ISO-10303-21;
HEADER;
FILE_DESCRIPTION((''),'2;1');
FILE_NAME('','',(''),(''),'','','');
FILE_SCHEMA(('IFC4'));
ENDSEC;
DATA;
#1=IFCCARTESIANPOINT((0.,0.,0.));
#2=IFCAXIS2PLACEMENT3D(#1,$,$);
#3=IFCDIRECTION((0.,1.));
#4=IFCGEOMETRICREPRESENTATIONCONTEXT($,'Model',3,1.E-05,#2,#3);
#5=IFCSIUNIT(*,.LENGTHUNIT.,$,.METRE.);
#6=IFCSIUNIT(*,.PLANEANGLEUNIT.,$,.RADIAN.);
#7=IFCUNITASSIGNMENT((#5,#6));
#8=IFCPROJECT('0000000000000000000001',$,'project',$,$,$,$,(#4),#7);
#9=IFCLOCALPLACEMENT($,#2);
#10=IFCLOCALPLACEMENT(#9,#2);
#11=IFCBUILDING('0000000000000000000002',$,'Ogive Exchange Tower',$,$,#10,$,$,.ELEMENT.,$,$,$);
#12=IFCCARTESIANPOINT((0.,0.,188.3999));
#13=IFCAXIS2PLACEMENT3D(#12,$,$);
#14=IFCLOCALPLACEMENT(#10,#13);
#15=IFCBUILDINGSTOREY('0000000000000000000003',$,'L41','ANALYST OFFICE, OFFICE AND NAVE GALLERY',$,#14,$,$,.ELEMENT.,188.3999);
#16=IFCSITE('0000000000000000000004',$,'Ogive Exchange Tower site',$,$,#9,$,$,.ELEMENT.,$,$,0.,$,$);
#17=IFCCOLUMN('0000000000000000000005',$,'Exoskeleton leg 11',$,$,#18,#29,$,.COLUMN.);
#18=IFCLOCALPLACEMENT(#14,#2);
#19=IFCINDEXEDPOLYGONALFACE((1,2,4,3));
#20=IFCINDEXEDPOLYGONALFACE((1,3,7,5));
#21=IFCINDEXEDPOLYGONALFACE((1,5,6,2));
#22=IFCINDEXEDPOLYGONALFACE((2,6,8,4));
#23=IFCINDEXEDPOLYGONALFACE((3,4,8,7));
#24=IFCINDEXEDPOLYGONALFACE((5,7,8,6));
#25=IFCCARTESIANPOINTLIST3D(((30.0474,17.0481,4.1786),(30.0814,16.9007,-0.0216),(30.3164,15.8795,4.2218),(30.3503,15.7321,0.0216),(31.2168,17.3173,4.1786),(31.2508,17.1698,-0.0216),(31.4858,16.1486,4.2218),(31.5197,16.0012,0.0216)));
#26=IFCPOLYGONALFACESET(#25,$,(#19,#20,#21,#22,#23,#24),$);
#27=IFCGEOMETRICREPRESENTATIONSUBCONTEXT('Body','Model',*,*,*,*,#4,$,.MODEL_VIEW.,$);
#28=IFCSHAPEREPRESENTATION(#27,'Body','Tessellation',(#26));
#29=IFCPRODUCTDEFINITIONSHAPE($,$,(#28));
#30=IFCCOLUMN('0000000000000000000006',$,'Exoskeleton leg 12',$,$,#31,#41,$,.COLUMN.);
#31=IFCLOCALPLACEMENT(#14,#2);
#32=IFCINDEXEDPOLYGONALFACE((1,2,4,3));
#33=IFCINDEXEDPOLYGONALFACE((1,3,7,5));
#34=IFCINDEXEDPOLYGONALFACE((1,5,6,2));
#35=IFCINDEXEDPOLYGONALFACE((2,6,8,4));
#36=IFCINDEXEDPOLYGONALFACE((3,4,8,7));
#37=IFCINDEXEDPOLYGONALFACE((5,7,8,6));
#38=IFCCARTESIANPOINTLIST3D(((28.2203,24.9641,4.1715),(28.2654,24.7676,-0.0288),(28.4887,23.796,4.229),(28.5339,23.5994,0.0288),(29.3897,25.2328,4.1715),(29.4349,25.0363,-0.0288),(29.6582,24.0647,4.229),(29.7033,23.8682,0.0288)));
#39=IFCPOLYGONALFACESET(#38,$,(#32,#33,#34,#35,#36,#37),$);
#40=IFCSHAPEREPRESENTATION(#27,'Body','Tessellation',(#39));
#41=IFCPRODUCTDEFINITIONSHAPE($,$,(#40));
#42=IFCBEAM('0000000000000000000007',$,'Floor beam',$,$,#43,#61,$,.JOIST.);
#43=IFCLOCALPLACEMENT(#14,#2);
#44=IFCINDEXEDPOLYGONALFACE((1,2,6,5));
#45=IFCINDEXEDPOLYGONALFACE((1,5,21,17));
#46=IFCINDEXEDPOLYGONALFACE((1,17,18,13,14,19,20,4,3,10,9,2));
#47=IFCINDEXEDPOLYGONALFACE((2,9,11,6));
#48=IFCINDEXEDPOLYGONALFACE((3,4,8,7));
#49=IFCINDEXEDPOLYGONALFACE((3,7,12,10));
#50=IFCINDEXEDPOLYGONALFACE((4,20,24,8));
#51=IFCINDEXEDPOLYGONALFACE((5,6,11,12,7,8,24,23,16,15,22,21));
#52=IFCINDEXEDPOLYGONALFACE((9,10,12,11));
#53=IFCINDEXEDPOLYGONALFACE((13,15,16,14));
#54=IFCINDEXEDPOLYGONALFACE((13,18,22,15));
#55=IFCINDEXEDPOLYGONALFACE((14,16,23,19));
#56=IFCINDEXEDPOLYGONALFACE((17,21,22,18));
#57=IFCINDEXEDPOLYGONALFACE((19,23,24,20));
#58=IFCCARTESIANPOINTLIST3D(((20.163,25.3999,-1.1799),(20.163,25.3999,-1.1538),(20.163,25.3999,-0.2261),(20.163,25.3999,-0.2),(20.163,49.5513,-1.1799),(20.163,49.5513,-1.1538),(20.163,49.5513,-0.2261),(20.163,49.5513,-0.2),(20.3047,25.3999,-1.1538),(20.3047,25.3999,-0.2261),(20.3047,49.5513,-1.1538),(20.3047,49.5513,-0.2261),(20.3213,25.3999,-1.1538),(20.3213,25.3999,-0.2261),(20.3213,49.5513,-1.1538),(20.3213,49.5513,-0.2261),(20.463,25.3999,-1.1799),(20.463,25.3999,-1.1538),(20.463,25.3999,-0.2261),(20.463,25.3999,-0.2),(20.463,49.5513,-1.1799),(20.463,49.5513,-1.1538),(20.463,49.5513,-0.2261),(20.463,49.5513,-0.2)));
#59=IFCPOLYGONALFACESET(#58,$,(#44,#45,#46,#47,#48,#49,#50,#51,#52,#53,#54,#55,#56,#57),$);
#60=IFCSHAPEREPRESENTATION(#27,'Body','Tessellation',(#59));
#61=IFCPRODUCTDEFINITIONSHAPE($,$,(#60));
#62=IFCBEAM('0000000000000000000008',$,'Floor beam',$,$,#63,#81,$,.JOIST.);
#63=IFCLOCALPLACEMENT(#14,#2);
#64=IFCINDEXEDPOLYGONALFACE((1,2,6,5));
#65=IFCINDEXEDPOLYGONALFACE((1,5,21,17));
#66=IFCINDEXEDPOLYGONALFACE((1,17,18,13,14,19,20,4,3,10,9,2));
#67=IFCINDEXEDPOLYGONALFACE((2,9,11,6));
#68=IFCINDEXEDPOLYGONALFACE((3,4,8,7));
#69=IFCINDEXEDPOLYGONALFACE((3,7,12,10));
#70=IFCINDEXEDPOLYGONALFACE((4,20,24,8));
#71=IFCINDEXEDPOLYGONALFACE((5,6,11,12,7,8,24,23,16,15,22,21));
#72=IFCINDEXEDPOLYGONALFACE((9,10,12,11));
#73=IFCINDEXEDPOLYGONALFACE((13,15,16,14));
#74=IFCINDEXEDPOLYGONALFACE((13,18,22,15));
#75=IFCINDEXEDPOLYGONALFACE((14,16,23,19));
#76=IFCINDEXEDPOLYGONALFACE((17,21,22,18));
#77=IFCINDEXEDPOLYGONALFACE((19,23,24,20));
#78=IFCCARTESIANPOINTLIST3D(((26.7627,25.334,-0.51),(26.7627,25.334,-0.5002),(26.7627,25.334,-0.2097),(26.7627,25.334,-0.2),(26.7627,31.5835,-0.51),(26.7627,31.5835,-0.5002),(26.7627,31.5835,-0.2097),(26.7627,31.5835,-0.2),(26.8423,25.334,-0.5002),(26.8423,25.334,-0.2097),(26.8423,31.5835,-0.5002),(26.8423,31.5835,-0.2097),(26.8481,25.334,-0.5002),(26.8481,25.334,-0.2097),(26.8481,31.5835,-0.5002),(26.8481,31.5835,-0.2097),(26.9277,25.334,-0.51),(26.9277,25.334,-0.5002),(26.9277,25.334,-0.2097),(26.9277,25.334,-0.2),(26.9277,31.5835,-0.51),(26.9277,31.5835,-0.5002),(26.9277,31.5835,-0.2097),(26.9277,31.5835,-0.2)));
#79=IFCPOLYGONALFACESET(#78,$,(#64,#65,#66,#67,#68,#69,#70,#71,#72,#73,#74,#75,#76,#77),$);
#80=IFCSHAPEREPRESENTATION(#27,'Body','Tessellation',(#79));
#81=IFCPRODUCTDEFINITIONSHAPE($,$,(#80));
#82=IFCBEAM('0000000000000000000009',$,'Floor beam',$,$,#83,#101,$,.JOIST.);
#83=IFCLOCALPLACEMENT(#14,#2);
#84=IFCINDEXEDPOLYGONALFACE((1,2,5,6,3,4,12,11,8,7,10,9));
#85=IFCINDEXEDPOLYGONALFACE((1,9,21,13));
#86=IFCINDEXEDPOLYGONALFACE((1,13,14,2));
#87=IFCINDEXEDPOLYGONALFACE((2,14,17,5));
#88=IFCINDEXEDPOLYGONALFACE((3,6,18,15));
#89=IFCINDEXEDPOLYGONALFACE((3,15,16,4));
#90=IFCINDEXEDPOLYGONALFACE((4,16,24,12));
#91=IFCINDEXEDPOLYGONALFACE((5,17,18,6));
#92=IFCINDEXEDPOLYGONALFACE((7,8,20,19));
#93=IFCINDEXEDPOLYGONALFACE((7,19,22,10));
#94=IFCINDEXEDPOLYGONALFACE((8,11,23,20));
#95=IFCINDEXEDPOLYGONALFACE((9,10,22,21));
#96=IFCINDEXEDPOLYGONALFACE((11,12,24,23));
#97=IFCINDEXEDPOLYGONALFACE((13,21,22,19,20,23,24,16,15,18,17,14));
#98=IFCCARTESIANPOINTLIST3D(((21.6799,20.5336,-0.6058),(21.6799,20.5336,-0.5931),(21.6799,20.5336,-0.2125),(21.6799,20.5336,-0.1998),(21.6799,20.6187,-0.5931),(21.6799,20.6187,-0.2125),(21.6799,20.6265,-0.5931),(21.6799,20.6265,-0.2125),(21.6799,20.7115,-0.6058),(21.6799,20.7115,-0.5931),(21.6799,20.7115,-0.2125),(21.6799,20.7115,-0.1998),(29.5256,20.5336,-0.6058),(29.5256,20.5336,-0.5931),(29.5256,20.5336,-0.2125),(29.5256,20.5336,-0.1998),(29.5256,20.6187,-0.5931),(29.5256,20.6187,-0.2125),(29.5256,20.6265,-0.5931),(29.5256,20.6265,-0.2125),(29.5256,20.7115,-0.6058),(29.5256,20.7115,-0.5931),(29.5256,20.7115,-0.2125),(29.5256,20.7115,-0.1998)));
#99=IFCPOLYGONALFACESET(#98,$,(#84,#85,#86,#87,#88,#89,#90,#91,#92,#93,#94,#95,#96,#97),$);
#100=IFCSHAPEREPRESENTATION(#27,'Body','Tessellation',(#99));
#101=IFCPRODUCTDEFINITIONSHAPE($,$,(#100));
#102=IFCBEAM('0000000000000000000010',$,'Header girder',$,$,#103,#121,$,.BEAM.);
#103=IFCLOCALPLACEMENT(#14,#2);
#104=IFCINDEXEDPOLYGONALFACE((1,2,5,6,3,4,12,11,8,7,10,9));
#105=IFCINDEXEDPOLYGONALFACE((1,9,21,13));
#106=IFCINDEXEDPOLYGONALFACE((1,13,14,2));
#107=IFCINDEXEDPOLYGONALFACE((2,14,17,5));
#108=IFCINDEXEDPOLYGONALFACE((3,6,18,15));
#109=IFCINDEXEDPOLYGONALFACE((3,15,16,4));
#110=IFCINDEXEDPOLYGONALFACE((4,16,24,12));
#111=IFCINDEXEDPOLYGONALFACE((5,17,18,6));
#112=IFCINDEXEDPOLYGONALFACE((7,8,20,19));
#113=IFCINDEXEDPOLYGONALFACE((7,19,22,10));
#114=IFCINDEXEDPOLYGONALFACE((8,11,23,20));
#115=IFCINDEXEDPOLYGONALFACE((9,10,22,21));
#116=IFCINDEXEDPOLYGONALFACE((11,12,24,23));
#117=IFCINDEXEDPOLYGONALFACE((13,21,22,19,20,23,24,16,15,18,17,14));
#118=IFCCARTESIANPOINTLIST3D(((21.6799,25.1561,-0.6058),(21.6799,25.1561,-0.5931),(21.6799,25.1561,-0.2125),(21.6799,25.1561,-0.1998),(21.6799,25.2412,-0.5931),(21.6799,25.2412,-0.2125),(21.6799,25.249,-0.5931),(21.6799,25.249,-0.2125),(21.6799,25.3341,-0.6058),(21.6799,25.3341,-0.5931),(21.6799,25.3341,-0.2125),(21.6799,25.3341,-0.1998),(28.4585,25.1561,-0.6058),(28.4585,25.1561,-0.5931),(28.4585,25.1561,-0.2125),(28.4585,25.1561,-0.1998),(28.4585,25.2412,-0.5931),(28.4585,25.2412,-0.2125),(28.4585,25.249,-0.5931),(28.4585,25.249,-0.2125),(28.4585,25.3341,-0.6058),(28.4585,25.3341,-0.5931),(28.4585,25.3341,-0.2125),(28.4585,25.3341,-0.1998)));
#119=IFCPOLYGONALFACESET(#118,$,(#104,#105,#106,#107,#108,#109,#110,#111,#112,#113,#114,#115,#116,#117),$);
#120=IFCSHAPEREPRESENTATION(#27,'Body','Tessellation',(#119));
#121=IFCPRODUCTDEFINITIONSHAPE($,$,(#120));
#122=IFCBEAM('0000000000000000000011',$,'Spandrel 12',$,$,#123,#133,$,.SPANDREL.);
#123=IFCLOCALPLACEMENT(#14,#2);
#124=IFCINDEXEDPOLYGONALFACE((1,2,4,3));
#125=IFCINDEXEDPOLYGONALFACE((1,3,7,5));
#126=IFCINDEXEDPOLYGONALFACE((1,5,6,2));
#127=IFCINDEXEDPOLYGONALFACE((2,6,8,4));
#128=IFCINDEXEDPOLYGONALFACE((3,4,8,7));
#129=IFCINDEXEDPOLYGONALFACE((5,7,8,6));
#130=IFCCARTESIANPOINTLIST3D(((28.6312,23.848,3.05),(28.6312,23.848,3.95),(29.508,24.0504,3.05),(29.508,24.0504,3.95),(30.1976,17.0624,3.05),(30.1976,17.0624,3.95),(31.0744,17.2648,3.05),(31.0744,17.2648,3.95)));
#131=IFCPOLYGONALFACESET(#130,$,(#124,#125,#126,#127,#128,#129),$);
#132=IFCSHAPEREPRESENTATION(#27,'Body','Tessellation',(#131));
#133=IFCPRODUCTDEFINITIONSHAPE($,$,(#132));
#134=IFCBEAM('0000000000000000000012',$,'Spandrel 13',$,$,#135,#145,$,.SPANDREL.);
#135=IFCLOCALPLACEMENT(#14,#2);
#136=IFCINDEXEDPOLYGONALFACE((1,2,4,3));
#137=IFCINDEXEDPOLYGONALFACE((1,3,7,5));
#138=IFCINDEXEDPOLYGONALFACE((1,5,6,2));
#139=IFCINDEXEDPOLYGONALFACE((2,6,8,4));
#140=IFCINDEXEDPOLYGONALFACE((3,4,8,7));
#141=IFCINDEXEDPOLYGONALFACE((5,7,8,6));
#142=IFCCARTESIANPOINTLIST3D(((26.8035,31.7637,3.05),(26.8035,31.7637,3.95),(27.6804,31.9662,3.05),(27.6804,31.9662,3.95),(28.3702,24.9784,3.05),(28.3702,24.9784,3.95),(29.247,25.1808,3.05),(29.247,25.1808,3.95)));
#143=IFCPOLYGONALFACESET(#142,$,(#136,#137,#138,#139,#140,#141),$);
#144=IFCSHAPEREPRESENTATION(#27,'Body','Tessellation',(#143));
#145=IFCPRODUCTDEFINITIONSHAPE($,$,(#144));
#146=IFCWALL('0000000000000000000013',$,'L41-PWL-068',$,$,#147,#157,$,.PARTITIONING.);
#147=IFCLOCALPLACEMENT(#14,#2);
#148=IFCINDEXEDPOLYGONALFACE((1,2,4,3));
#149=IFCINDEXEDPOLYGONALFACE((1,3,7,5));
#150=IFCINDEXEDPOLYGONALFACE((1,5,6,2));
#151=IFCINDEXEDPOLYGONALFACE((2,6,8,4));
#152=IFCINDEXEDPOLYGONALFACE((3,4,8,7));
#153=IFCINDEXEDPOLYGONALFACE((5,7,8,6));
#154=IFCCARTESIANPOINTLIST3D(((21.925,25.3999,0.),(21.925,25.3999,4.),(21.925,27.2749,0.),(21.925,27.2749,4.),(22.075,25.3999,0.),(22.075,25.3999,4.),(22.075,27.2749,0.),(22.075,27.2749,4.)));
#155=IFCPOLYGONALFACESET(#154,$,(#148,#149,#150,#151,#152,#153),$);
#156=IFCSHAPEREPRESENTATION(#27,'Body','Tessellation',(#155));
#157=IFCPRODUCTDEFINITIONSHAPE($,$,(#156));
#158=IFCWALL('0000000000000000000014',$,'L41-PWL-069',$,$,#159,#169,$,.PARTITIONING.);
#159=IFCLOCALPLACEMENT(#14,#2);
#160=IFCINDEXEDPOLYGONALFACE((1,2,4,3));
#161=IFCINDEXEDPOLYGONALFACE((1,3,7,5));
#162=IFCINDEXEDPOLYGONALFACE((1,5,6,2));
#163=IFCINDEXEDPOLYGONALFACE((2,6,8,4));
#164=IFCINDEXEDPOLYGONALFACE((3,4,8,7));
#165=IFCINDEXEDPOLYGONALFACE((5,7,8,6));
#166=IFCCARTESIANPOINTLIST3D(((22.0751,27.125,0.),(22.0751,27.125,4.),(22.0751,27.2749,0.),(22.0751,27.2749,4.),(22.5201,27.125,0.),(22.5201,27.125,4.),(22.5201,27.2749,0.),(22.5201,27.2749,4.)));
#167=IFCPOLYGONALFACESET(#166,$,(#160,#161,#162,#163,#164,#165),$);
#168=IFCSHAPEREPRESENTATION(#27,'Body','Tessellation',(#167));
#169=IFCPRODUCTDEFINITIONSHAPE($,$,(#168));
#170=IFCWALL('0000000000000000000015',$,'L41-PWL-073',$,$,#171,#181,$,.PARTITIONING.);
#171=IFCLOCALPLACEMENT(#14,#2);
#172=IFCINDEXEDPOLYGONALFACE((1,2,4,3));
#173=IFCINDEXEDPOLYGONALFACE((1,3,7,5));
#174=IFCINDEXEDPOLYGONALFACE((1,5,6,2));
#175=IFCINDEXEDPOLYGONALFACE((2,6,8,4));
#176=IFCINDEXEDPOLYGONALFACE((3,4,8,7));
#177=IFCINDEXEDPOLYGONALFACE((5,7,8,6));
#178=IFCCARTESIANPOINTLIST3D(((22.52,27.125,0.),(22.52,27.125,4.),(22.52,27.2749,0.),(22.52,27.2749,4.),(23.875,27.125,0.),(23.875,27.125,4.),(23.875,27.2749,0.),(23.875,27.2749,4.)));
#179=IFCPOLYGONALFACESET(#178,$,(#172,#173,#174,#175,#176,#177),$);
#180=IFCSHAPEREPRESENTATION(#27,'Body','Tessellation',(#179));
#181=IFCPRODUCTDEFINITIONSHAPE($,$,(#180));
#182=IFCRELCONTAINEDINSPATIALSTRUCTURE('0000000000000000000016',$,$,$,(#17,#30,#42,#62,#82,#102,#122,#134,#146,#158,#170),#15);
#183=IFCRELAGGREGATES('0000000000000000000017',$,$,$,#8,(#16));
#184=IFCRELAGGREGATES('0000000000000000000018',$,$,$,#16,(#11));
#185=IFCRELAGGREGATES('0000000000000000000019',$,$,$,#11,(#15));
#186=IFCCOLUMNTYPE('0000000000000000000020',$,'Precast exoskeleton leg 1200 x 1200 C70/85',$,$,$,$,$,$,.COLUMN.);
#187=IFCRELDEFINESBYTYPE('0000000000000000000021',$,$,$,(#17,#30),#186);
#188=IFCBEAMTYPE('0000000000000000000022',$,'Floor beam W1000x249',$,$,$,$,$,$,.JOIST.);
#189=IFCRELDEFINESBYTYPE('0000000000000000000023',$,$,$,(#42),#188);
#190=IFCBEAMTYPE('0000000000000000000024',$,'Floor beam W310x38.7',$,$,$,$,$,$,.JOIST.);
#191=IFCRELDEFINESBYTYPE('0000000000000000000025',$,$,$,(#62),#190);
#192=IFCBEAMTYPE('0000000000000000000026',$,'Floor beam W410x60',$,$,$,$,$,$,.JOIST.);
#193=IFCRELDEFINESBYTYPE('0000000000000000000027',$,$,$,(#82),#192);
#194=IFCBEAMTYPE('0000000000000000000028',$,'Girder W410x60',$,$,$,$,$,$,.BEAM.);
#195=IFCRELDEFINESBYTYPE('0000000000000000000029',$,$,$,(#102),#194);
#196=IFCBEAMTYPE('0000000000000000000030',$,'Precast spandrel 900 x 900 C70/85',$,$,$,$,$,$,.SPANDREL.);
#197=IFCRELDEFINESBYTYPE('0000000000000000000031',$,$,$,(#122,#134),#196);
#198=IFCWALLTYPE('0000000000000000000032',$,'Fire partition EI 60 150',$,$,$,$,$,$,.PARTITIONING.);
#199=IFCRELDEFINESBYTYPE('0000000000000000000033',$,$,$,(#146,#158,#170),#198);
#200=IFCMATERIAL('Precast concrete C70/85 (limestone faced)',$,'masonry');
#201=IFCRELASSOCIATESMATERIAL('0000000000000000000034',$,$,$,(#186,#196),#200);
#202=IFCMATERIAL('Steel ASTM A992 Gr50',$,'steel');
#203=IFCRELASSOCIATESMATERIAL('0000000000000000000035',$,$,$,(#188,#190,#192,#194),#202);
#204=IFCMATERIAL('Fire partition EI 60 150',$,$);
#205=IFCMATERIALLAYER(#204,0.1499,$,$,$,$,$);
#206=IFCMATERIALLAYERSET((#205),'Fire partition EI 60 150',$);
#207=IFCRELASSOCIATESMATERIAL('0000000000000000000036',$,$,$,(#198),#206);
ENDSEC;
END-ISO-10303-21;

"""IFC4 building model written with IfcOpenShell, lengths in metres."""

from ifc_helpers import new_model, si_unit, direction, frame, frame_2d, origin, origin_2d, place, context, subcontext, project, spatial, rectangle, i_section, extrude, material, layer, layer_set, material_profile, profile_set, type_object, element, save


model = new_model("IFC4")

# Units and contexts
model_context = context("Model", 3, precision=1e-05, world=origin(), true_north=direction((0.0, 1.0)))
body_context = subcontext(model_context, "Body", "Model", "MODEL_VIEW")
ifc_project = project(units=[si_unit("LENGTHUNIT", "METRE"), si_unit("PLANEANGLEUNIT", "RADIAN")], contexts=[model_context])

# Site, building, storey
site_placement = place(None, origin())
site = spatial("IfcSite", under=ifc_project, at=site_placement, Name="Ogive Exchange Tower site", CompositionType="ELEMENT", RefElevation=0.0)
building_placement = place(site_placement, origin())
building = spatial("IfcBuilding", under=site, at=building_placement, Name="Ogive Exchange Tower", CompositionType="ELEMENT")
storey_placement = place(building_placement, frame((0.0, 0.0, 188.3999)))
storey = spatial("IfcBuildingStorey", under=building, at=storey_placement, Name="L41", Description="ANALYST OFFICE, OFFICE AND NAVE GALLERY", CompositionType="ELEMENT", Elevation=188.3999)

# Columns
ifc_material_1 = material(Name="Precast concrete C70/85 (limestone faced)", Category="masonry")
ifc_material_profile_1 = material_profile(ifc_material_1, rectangle(XDim=1.2, YDim=1.2, at=origin_2d()), Name="1200 x 1200")
ifc_profile_set_1 = profile_set([ifc_material_profile_1], Name="Precast concrete C70/85 (limestone faced)")
column_type = type_object("IfcColumnType", Name="Precast exoskeleton leg 1200 x 1200 C70/85", PredefinedType="COLUMN", material=ifc_profile_set_1)
column_1_placement = place(storey_placement, frame((30.8005, 16.4509, 0.0), z_axis=(-0.008074, 0.035085, 0.999352), x_axis=(-0.974527, -0.22427, 0.0)))
element("IfcColumn", 1, at=column_1_placement, inside=storey, type_object=column_type, Name="Exoskeleton leg 11", PredefinedType="COLUMN", context=body_context, shape_type="SweptSolid", body=[
    extrude(rectangle(XDim=1.2, YDim=1.2, at=origin_2d()), origin(), (0.0, 0.0, 1.0), 4.2029),
])
column_2_placement = place(storey_placement, frame((28.9844, 24.3179, 0.0), z_axis=(-0.010741, 0.046738, 0.998849), x_axis=(-0.974595, -0.223975, 0.0)))
element("IfcColumn", 2, at=column_2_placement, inside=storey, type_object=column_type, Name="Exoskeleton leg 12", PredefinedType="COLUMN", context=body_context, shape_type="SweptSolid", body=[
    extrude(rectangle(XDim=1.2, YDim=1.2, at=origin_2d()), origin(), (0.0, 0.0, 1.0), 4.2051),
])

# Beams
ifc_material_2 = material(Name="Steel ASTM A992 Gr50", Category="steel")
ifc_material_profile_2 = material_profile(ifc_material_2, i_section(OverallWidth=0.3, OverallDepth=0.98, WebThickness=0.0166, FlangeThickness=0.0261, at=origin_2d()), Name="W1000x249")
ifc_profile_set_2 = profile_set([ifc_material_profile_2], Name="Steel ASTM A992 Gr50")
beam_type_1 = type_object("IfcBeamType", Name="Floor beam W1000x249", PredefinedType="JOIST", material=ifc_profile_set_2)
beam_1_placement = place(storey_placement, frame((20.313, 25.3999, -0.6899), z_axis=(0.0, 1.0, 0.0), x_axis=(-1.0, 0.0, 0.0)))
element("IfcBeam", 3, at=beam_1_placement, inside=storey, type_object=beam_type_1, Name="Floor beam", PredefinedType="JOIST", context=body_context, shape_type="SweptSolid", body=[
    extrude(i_section(OverallWidth=0.3, OverallDepth=0.98, WebThickness=0.0166, FlangeThickness=0.0261, at=origin_2d()), origin(), (0.0, 0.0, 1.0), 24.1514),
])
ifc_material_profile_3 = material_profile(ifc_material_2, i_section(OverallWidth=0.165, OverallDepth=0.3101, WebThickness=0.0059, FlangeThickness=0.0098, at=origin_2d()), Name="W310x38.7")
ifc_profile_set_3 = profile_set([ifc_material_profile_3], Name="Steel ASTM A992 Gr50")
beam_type_2 = type_object("IfcBeamType", Name="Floor beam W310x38.7", PredefinedType="JOIST", material=ifc_profile_set_3)
beam_2_placement = place(storey_placement, frame((26.8452, 25.334, -0.355), z_axis=(0.0, 1.0, 0.0), x_axis=(-1.0, 0.0, 0.0)))
element("IfcBeam", 4, at=beam_2_placement, inside=storey, type_object=beam_type_2, Name="Floor beam", PredefinedType="JOIST", context=body_context, shape_type="SweptSolid", body=[
    extrude(i_section(OverallWidth=0.165, OverallDepth=0.3101, WebThickness=0.0059, FlangeThickness=0.0098, at=origin_2d()), origin(), (0.0, 0.0, 1.0), 6.2495),
])
ifc_material_profile_4 = material_profile(ifc_material_2, i_section(OverallWidth=0.178, OverallDepth=0.406, WebThickness=0.0078, FlangeThickness=0.0127, at=origin_2d()), Name="W410x60")
ifc_profile_set_4 = profile_set([ifc_material_profile_4], Name="Steel ASTM A992 Gr50")
beam_type_3 = type_object("IfcBeamType", Name="Floor beam W410x60", PredefinedType="JOIST", material=ifc_profile_set_4)
beam_3_placement = place(storey_placement, frame((21.6799, 20.6226, -0.4028), z_axis=(1.0, 0.0, 0.0), x_axis=(0.0, 1.0, 0.0)))
element("IfcBeam", 5, at=beam_3_placement, inside=storey, type_object=beam_type_3, Name="Floor beam", PredefinedType="JOIST", context=body_context, shape_type="SweptSolid", body=[
    extrude(i_section(OverallWidth=0.178, OverallDepth=0.406, WebThickness=0.0078, FlangeThickness=0.0127, at=origin_2d()), origin(), (0.0, 0.0, 1.0), 7.8457),
])
ifc_material_profile_5 = material_profile(ifc_material_2, i_section(OverallWidth=0.178, OverallDepth=0.406, WebThickness=0.0078, FlangeThickness=0.0127, at=origin_2d()), Name="W410x60")
ifc_profile_set_5 = profile_set([ifc_material_profile_5], Name="Steel ASTM A992 Gr50")
beam_type_4 = type_object("IfcBeamType", Name="Girder W410x60", PredefinedType="BEAM", material=ifc_profile_set_5)
beam_4_placement = place(storey_placement, frame((21.6799, 25.2451, -0.4028), z_axis=(1.0, 0.0, 0.0), x_axis=(0.0, 1.0, 0.0)))
element("IfcBeam", 6, at=beam_4_placement, inside=storey, type_object=beam_type_4, Name="Header girder", PredefinedType="BEAM", context=body_context, shape_type="SweptSolid", body=[
    extrude(i_section(OverallWidth=0.178, OverallDepth=0.406, WebThickness=0.0078, FlangeThickness=0.0127, at=origin_2d()), origin(), (0.0, 0.0, 1.0), 6.7786),
])
ifc_material_profile_6 = material_profile(ifc_material_1, rectangle(XDim=0.8999, YDim=0.8999, at=origin_2d()), Name="900 x 900")
ifc_profile_set_6 = profile_set([ifc_material_profile_6], Name="Precast concrete C70/85 (limestone faced)")
beam_type_5 = type_object("IfcBeamType", Name="Precast spandrel 900 x 900 C70/85", PredefinedType="SPANDREL", material=ifc_profile_set_6)
beam_5_placement = place(storey_placement, frame((30.636, 17.1636, 3.5), z_axis=(-0.224926, 0.974376, 0.0), x_axis=(-0.974376, -0.224926, 0.0)))
element("IfcBeam", 7, at=beam_5_placement, inside=storey, type_object=beam_type_5, Name="Spandrel 12", PredefinedType="SPANDREL", context=body_context, shape_type="SweptSolid", body=[
    extrude(rectangle(XDim=0.8999, YDim=0.8999, at=origin_2d()), origin(), (0.0, 0.0, 1.0), 6.9641),
])
beam_6_placement = place(storey_placement, frame((28.8086, 25.0796, 3.5), z_axis=(-0.224967, 0.974366, 0.0), x_axis=(-0.974366, -0.224967, 0.0)))
element("IfcBeam", 8, at=beam_6_placement, inside=storey, type_object=beam_type_5, Name="Spandrel 13", PredefinedType="SPANDREL", context=body_context, shape_type="SweptSolid", body=[
    extrude(rectangle(XDim=0.8999, YDim=0.8999, at=origin_2d()), origin(), (0.0, 0.0, 1.0), 6.9639),
])

# Walls
ifc_material_3 = material(Name="Fire partition EI 60 150")
ifc_layer_1 = layer(ifc_material_3, 0.1499)
ifc_layer_set_1 = layer_set([ifc_layer_1], Name="Fire partition EI 60 150")
wall_type_1 = type_object("IfcWallType", Name="Fire partition EI 60 150", PredefinedType="PARTITIONING", material=ifc_layer_set_1)
wall_1_placement = place(storey_placement, frame((22.0, 25.3999, 0.0), z_axis=(0.0, 0.0, 1.0), x_axis=(0.0, 1.0, 0.0)))
element("IfcWall", 9, at=wall_1_placement, inside=storey, type_object=wall_type_1, Name="L41-PWL-068", PredefinedType="PARTITIONING", context=body_context, shape_type="SweptSolid", body=[
    extrude(rectangle(XDim=1.875, YDim=0.1499, at=frame_2d((0.9375, 0.0))), origin(), (0.0, 0.0, 1.0), 4.0),
])
wall_2_placement = place(storey_placement, frame((22.075, 27.2, 0.0), z_axis=(0.0, 0.0, 1.0), x_axis=(1.0, 0.0, 0.0)))
element("IfcWall", 10, at=wall_2_placement, inside=storey, type_object=wall_type_1, Name="L41-PWL-069", PredefinedType="PARTITIONING", context=body_context, shape_type="SweptSolid", body=[
    extrude(rectangle(XDim=0.4451, YDim=0.1499, at=frame_2d((0.2227, 0.0))), origin(), (0.0, 0.0, 1.0), 4.0),
])
wall_3_placement = place(storey_placement, frame((22.52, 27.2, 0.0), z_axis=(0.0, 0.0, 1.0), x_axis=(1.0, 0.0, 0.0)))
element("IfcWall", 11, at=wall_3_placement, inside=storey, type_object=wall_type_1, Name="L41-PWL-073", PredefinedType="PARTITIONING", context=body_context, shape_type="SweptSolid", body=[
    extrude(rectangle(XDim=1.355, YDim=0.1499, at=frame_2d((0.6775, 0.0))), origin(), (0.0, 0.0, 1.0), 4.0),
])

save(model, "model.ifc")
